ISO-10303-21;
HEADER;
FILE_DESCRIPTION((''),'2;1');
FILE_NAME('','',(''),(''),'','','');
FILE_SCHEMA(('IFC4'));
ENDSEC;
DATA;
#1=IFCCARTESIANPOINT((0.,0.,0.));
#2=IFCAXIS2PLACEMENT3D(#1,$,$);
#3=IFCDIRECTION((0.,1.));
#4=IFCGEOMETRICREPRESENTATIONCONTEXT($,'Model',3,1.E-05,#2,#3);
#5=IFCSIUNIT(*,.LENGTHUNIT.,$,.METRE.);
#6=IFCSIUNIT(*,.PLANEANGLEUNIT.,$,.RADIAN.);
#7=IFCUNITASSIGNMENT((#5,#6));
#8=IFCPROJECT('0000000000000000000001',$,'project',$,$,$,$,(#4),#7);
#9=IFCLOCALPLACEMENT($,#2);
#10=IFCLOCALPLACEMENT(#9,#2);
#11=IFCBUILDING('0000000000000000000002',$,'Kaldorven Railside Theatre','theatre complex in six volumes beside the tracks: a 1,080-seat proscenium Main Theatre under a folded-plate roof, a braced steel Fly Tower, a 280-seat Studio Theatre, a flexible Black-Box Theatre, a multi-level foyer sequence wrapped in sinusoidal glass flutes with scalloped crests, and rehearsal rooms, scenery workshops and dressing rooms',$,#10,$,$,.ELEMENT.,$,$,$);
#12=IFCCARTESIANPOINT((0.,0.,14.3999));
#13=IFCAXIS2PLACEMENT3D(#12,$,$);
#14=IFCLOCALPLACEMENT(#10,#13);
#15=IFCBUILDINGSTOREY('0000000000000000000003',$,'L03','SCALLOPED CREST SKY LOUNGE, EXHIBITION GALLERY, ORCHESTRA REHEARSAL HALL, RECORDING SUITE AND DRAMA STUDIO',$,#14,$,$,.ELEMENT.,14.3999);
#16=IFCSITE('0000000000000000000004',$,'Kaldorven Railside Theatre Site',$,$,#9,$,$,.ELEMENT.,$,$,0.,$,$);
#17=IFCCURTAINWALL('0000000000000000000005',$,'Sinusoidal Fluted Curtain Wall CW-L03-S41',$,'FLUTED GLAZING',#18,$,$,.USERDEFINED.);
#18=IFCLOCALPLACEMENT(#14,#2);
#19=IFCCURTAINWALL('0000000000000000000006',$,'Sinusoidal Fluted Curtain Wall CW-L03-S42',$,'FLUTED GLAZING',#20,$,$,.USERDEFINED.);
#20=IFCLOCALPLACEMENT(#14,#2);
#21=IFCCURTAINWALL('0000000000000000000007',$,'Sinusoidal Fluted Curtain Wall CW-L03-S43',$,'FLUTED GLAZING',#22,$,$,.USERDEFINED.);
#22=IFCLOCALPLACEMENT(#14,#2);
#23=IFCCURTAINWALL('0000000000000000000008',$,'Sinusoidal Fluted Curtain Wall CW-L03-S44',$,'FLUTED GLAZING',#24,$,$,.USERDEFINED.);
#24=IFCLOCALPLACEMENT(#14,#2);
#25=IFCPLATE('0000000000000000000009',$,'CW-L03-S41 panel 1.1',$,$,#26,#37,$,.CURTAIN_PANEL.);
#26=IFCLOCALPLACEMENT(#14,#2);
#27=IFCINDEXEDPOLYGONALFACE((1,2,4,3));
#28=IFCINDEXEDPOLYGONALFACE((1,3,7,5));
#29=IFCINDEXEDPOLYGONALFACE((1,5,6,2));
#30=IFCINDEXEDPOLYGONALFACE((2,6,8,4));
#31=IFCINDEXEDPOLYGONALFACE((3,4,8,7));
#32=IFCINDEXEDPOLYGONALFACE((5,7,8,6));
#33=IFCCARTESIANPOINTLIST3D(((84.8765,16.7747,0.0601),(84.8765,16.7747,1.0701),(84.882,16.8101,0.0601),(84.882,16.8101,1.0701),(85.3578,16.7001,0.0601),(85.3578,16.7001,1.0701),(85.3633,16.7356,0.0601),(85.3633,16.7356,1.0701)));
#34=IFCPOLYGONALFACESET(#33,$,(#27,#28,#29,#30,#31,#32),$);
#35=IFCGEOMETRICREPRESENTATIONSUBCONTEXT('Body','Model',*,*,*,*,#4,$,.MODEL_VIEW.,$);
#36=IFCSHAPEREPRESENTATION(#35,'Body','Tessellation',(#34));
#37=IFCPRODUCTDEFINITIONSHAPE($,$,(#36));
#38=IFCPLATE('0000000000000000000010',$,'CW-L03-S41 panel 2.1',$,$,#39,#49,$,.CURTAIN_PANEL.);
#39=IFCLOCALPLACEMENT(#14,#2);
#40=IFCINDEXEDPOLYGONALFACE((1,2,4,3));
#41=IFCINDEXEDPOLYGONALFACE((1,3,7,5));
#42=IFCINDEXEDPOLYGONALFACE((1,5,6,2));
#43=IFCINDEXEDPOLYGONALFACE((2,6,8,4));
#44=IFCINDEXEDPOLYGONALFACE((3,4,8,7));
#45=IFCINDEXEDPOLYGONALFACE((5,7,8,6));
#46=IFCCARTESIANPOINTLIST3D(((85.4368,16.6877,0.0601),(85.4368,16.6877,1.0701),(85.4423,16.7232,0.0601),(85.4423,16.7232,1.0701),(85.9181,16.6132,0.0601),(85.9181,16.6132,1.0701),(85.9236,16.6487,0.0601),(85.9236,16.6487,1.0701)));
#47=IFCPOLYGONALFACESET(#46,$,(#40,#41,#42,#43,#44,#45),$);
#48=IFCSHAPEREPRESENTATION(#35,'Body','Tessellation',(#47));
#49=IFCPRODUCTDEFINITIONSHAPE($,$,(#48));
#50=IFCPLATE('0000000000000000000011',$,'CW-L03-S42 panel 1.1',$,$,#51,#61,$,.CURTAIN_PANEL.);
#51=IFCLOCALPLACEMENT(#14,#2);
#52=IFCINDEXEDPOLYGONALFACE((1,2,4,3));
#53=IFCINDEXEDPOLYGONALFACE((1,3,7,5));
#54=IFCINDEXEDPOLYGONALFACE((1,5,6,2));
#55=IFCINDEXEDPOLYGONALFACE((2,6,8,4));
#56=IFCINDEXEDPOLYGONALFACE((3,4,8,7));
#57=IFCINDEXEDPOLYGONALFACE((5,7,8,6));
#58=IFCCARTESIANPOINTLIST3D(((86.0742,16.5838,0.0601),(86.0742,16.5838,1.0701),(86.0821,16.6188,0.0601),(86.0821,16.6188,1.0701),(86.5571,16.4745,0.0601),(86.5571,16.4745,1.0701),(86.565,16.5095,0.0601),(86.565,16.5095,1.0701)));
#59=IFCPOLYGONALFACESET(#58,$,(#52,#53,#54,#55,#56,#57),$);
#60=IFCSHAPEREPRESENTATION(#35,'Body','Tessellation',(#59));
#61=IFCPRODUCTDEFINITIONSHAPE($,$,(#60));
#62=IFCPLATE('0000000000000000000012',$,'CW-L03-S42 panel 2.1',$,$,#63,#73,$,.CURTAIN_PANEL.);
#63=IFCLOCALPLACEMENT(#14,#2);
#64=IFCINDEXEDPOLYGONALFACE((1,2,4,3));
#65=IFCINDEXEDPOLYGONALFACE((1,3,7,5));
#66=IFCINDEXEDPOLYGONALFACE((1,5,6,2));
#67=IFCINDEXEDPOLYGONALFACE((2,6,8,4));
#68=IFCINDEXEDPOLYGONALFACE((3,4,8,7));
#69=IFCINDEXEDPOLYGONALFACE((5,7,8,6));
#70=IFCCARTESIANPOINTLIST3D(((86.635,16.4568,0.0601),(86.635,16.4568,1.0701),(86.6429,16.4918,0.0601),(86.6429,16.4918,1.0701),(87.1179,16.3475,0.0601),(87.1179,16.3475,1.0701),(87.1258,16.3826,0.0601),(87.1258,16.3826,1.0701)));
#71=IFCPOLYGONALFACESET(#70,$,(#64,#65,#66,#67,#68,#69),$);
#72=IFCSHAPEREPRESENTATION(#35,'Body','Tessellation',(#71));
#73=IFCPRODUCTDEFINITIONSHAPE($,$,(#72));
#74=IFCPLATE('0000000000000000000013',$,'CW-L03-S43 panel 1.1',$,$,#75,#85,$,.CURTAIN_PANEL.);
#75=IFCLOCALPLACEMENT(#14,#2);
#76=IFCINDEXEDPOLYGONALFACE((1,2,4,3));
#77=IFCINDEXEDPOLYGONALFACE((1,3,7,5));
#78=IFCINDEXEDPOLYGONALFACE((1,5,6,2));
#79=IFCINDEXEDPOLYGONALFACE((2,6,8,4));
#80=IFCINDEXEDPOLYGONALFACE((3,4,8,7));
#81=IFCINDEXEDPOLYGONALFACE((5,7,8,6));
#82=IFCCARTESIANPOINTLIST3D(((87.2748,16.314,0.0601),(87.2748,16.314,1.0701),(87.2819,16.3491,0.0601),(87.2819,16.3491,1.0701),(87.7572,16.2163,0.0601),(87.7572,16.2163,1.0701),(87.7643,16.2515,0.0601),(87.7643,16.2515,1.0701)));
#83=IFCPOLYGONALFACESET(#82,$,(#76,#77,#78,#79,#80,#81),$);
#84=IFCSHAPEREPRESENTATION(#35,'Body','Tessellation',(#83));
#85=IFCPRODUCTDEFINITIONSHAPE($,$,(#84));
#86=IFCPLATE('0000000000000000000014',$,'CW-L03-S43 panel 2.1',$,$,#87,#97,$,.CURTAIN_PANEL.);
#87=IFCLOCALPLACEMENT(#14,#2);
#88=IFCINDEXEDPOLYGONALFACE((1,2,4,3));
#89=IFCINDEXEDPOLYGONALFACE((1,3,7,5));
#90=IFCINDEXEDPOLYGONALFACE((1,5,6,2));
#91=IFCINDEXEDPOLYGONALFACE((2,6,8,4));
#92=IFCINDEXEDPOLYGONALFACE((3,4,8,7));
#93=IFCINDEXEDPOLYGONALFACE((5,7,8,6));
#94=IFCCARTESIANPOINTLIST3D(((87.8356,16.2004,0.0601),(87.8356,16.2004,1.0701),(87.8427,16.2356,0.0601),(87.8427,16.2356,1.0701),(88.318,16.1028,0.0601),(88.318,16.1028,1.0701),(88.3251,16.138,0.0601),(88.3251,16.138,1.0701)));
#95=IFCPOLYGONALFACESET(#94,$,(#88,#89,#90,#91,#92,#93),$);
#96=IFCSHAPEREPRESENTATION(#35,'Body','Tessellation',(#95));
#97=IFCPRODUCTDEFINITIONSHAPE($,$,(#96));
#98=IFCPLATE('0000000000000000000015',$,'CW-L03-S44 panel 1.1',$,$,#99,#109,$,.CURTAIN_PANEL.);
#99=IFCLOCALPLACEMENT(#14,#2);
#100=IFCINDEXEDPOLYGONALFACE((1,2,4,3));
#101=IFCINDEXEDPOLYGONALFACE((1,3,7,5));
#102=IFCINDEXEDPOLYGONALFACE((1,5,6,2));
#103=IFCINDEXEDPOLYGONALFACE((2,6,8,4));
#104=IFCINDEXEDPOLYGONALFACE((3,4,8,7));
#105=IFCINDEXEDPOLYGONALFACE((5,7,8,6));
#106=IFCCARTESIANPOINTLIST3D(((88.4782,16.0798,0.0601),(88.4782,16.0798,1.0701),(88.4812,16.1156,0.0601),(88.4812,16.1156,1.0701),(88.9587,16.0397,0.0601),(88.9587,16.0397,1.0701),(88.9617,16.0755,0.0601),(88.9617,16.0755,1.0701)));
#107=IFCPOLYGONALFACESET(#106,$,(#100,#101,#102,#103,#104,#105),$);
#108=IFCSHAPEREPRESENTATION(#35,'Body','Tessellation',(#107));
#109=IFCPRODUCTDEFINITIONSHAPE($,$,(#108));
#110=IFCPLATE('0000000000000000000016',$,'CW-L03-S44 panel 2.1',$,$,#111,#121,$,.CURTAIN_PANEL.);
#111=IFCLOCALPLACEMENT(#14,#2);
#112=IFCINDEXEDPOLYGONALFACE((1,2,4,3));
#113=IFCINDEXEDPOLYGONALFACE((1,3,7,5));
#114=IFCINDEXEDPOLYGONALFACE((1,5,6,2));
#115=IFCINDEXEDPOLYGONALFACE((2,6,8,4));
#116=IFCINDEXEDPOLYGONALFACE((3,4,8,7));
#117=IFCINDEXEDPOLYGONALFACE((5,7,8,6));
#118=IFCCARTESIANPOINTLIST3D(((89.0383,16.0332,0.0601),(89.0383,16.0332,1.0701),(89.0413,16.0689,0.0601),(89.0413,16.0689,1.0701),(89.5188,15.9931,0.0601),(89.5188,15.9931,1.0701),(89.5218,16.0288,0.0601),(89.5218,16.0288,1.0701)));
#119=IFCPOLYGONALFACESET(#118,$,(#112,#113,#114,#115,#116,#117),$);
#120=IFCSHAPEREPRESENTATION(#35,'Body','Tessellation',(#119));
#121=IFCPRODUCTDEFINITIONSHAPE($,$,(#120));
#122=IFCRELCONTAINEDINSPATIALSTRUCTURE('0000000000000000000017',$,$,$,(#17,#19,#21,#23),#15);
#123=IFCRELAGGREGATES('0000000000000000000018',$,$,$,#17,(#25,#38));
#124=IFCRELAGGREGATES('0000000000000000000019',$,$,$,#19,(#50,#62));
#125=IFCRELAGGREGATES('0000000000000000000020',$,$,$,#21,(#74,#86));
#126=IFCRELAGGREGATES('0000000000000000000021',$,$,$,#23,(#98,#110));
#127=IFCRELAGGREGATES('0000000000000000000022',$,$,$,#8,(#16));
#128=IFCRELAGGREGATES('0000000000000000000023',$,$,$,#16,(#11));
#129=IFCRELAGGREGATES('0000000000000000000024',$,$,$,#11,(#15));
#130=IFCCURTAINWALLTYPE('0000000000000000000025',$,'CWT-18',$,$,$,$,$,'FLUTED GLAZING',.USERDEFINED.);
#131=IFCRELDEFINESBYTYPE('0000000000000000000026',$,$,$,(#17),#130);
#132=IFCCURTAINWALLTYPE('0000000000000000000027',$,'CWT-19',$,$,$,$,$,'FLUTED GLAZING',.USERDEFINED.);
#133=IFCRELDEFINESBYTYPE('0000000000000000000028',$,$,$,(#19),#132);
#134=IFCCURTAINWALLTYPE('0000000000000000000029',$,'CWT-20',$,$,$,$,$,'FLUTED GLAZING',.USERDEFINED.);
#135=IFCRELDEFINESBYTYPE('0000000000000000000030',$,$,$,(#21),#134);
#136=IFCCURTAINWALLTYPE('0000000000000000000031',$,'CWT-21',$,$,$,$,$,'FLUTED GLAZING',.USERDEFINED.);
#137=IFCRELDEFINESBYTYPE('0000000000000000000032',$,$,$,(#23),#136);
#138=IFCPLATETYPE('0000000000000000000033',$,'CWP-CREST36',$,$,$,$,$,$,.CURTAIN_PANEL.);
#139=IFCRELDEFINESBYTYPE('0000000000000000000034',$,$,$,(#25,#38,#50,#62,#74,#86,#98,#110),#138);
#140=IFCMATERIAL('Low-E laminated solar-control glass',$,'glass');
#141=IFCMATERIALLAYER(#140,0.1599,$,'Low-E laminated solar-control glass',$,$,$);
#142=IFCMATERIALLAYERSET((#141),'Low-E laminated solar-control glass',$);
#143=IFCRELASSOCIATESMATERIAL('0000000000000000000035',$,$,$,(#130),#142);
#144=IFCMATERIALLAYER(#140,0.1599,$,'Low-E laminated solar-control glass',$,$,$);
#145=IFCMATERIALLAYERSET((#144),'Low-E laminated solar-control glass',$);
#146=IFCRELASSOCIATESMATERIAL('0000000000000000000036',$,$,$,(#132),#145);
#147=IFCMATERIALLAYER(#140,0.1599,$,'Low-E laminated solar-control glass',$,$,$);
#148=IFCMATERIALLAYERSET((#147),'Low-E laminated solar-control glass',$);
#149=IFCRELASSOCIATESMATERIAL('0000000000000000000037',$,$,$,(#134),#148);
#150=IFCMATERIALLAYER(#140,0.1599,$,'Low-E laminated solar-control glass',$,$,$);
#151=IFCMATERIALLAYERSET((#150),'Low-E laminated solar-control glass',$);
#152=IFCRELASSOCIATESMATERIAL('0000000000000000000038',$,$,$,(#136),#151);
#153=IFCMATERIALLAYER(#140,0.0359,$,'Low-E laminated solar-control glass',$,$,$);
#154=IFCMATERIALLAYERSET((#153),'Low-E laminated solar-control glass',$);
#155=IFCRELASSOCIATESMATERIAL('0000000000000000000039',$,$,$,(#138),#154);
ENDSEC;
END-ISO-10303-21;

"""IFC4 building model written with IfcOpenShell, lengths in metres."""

from ifc_helpers import new_model, si_unit, direction, frame, origin, origin_2d, place, context, subcontext, project, spatial, rectangle, extrude, material, layer, layer_set, type_object, element, aggregate, save


model = new_model("IFC4")

# Units and contexts
model_context = context("Model", 3, precision=1e-05, world=origin(), true_north=direction((0.0, 1.0)))
body_context = subcontext(model_context, "Body", "Model", "MODEL_VIEW")
ifc_project = project(units=[si_unit("LENGTHUNIT", "METRE"), si_unit("PLANEANGLEUNIT", "RADIAN")], contexts=[model_context])

# Site, building, storey
site_placement = place(None, origin())
site = spatial("IfcSite", under=ifc_project, at=site_placement, Name="Kaldorven Railside Theatre Site", CompositionType="ELEMENT", RefElevation=0.0)
building_placement = place(site_placement, origin())
building = spatial("IfcBuilding", under=site, at=building_placement, Name="Kaldorven Railside Theatre", Description="theatre complex in six volumes beside the tracks: a 1,080-seat proscenium Main Theatre under a folded-plate roof, a braced steel Fly Tower, a 280-seat Studio Theatre, a flexible Black-Box Theatre, a multi-level foyer sequence wrapped in sinusoidal glass flutes with scalloped crests, and rehearsal rooms, scenery workshops and dressing rooms", CompositionType="ELEMENT")
storey_placement = place(building_placement, frame((0.0, 0.0, 14.3999)))
storey = spatial("IfcBuildingStorey", under=building, at=storey_placement, Name="L03", Description="SCALLOPED CREST SKY LOUNGE, EXHIBITION GALLERY, ORCHESTRA REHEARSAL HALL, RECORDING SUITE AND DRAMA STUDIO", CompositionType="ELEMENT", Elevation=14.3999)

# Curtain walls
ifc_material_1 = material(Name="Low-E laminated solar-control glass", Category="glass")
ifc_layer_1 = layer(ifc_material_1, 0.1599, Name="Low-E laminated solar-control glass")
ifc_layer_set_1 = layer_set([ifc_layer_1], Name="Low-E laminated solar-control glass")
curtain_wall_type_1 = type_object("IfcCurtainWallType", Name="CWT-18", ElementType="FLUTED GLAZING", PredefinedType="USERDEFINED", material=ifc_layer_set_1)
curtain_wall_1_placement = place(storey_placement, origin())
curtain_wall_1 = element("IfcCurtainWall", 1, at=curtain_wall_1_placement, inside=storey, type_object=curtain_wall_type_1, Name="Sinusoidal Fluted Curtain Wall CW-L03-S41", ObjectType="FLUTED GLAZING", PredefinedType="USERDEFINED")
ifc_layer_2 = layer(ifc_material_1, 0.1599, Name="Low-E laminated solar-control glass")
ifc_layer_set_2 = layer_set([ifc_layer_2], Name="Low-E laminated solar-control glass")
curtain_wall_type_2 = type_object("IfcCurtainWallType", Name="CWT-19", ElementType="FLUTED GLAZING", PredefinedType="USERDEFINED", material=ifc_layer_set_2)
curtain_wall_2_placement = place(storey_placement, origin())
curtain_wall_2 = element("IfcCurtainWall", 2, at=curtain_wall_2_placement, inside=storey, type_object=curtain_wall_type_2, Name="Sinusoidal Fluted Curtain Wall CW-L03-S42", ObjectType="FLUTED GLAZING", PredefinedType="USERDEFINED")
ifc_layer_3 = layer(ifc_material_1, 0.1599, Name="Low-E laminated solar-control glass")
ifc_layer_set_3 = layer_set([ifc_layer_3], Name="Low-E laminated solar-control glass")
curtain_wall_type_3 = type_object("IfcCurtainWallType", Name="CWT-20", ElementType="FLUTED GLAZING", PredefinedType="USERDEFINED", material=ifc_layer_set_3)
curtain_wall_3_placement = place(storey_placement, origin())
curtain_wall_3 = element("IfcCurtainWall", 3, at=curtain_wall_3_placement, inside=storey, type_object=curtain_wall_type_3, Name="Sinusoidal Fluted Curtain Wall CW-L03-S43", ObjectType="FLUTED GLAZING", PredefinedType="USERDEFINED")
ifc_layer_4 = layer(ifc_material_1, 0.1599, Name="Low-E laminated solar-control glass")
ifc_layer_set_4 = layer_set([ifc_layer_4], Name="Low-E laminated solar-control glass")
curtain_wall_type_4 = type_object("IfcCurtainWallType", Name="CWT-21", ElementType="FLUTED GLAZING", PredefinedType="USERDEFINED", material=ifc_layer_set_4)
curtain_wall_4_placement = place(storey_placement, origin())
curtain_wall_4 = element("IfcCurtainWall", 4, at=curtain_wall_4_placement, inside=storey, type_object=curtain_wall_type_4, Name="Sinusoidal Fluted Curtain Wall CW-L03-S44", ObjectType="FLUTED GLAZING", PredefinedType="USERDEFINED")

# Plates
ifc_layer_5 = layer(ifc_material_1, 0.0359, Name="Low-E laminated solar-control glass")
ifc_layer_set_5 = layer_set([ifc_layer_5], Name="Low-E laminated solar-control glass")
plate_type = type_object("IfcPlateType", Name="CWP-CREST36", PredefinedType="CURTAIN_PANEL", material=ifc_layer_set_5)
plate_1_placement = place(storey_placement, frame((85.1199, 16.7551, 0.0601), z_axis=(0.0, 0.0, 1.0), x_axis=(0.988225, -0.15301, 0.0)))
plate_1 = element("IfcPlate", 5, at=plate_1_placement, type_object=plate_type, Name="CW-L03-S41 panel 1.1", PredefinedType="CURTAIN_PANEL", context=body_context, shape_type="SweptSolid", body=[
    extrude(rectangle(XDim=0.4871, YDim=0.0359, at=origin_2d()), origin(), (0.0, 0.0, 1.0), 1.01),
])
plate_2_placement = place(storey_placement, frame((85.6802, 16.6682, 0.0601), z_axis=(0.0, 0.0, 1.0), x_axis=(0.988225, -0.15301, 0.0)))
plate_2 = element("IfcPlate", 6, at=plate_2_placement, type_object=plate_type, Name="CW-L03-S41 panel 2.1", PredefinedType="CURTAIN_PANEL", context=body_context, shape_type="SweptSolid", body=[
    extrude(rectangle(XDim=0.4871, YDim=0.0359, at=origin_2d()), origin(), (0.0, 0.0, 1.0), 1.01),
])
aggregate(curtain_wall_1, [plate_1, plate_2])
plate_3_placement = place(storey_placement, frame((86.3196, 16.5466, 0.0601), z_axis=(0.0, 0.0, 1.0), x_axis=(0.975348, -0.220672, 0.0)))
plate_3 = element("IfcPlate", 7, at=plate_3_placement, type_object=plate_type, Name="CW-L03-S42 panel 1.1", PredefinedType="CURTAIN_PANEL", context=body_context, shape_type="SweptSolid", body=[
    extrude(rectangle(XDim=0.4951, YDim=0.0359, at=origin_2d()), origin(), (0.0, 0.0, 1.0), 1.01),
])
plate_4_placement = place(storey_placement, frame((86.8804, 16.4197, 0.0601), z_axis=(0.0, 0.0, 1.0), x_axis=(0.975348, -0.220672, 0.0)))
plate_4 = element("IfcPlate", 8, at=plate_4_placement, type_object=plate_type, Name="CW-L03-S42 panel 2.1", PredefinedType="CURTAIN_PANEL", context=body_context, shape_type="SweptSolid", body=[
    extrude(rectangle(XDim=0.4951, YDim=0.0359, at=origin_2d()), origin(), (0.0, 0.0, 1.0), 1.01),
])
aggregate(curtain_wall_2, [plate_3, plate_4])
plate_5_placement = place(storey_placement, frame((87.5195, 16.2827, 0.0601), z_axis=(0.0, 0.0, 1.0), x_axis=(0.980123, -0.198393, 0.0)))
plate_5 = element("IfcPlate", 9, at=plate_5_placement, type_object=plate_type, Name="CW-L03-S43 panel 1.1", PredefinedType="CURTAIN_PANEL", context=body_context, shape_type="SweptSolid", body=[
    extrude(rectangle(XDim=0.4922, YDim=0.0359, at=origin_2d()), origin(), (0.0, 0.0, 1.0), 1.01),
])
plate_6_placement = place(storey_placement, frame((88.0803, 16.1692, 0.0601), z_axis=(0.0, 0.0, 1.0), x_axis=(0.980123, -0.198393, 0.0)))
plate_6 = element("IfcPlate", 10, at=plate_6_placement, type_object=plate_type, Name="CW-L03-S43 panel 2.1", PredefinedType="CURTAIN_PANEL", context=body_context, shape_type="SweptSolid", body=[
    extrude(rectangle(XDim=0.4922, YDim=0.0359, at=origin_2d()), origin(), (0.0, 0.0, 1.0), 1.01),
])
aggregate(curtain_wall_3, [plate_5, plate_6])
plate_7_placement = place(storey_placement, frame((88.72, 16.0776, 0.0601), z_axis=(0.0, 0.0, 1.0), x_axis=(0.996532, -0.08321, 0.0)))
plate_7 = element("IfcPlate", 11, at=plate_7_placement, type_object=plate_type, Name="CW-L03-S44 panel 1.1", PredefinedType="CURTAIN_PANEL", context=body_context, shape_type="SweptSolid", body=[
    extrude(rectangle(XDim=0.4822, YDim=0.0359, at=origin_2d()), origin(), (0.0, 0.0, 1.0), 1.01),
])
plate_8_placement = place(storey_placement, frame((89.28, 16.031, 0.0601), z_axis=(0.0, 0.0, 1.0), x_axis=(0.996532, -0.08321, 0.0)))
plate_8 = element("IfcPlate", 12, at=plate_8_placement, type_object=plate_type, Name="CW-L03-S44 panel 2.1", PredefinedType="CURTAIN_PANEL", context=body_context, shape_type="SweptSolid", body=[
    extrude(rectangle(XDim=0.4822, YDim=0.0359, at=origin_2d()), origin(), (0.0, 0.0, 1.0), 1.01),
])
aggregate(curtain_wall_4, [plate_7, plate_8])

save(model, "model.ifc")
